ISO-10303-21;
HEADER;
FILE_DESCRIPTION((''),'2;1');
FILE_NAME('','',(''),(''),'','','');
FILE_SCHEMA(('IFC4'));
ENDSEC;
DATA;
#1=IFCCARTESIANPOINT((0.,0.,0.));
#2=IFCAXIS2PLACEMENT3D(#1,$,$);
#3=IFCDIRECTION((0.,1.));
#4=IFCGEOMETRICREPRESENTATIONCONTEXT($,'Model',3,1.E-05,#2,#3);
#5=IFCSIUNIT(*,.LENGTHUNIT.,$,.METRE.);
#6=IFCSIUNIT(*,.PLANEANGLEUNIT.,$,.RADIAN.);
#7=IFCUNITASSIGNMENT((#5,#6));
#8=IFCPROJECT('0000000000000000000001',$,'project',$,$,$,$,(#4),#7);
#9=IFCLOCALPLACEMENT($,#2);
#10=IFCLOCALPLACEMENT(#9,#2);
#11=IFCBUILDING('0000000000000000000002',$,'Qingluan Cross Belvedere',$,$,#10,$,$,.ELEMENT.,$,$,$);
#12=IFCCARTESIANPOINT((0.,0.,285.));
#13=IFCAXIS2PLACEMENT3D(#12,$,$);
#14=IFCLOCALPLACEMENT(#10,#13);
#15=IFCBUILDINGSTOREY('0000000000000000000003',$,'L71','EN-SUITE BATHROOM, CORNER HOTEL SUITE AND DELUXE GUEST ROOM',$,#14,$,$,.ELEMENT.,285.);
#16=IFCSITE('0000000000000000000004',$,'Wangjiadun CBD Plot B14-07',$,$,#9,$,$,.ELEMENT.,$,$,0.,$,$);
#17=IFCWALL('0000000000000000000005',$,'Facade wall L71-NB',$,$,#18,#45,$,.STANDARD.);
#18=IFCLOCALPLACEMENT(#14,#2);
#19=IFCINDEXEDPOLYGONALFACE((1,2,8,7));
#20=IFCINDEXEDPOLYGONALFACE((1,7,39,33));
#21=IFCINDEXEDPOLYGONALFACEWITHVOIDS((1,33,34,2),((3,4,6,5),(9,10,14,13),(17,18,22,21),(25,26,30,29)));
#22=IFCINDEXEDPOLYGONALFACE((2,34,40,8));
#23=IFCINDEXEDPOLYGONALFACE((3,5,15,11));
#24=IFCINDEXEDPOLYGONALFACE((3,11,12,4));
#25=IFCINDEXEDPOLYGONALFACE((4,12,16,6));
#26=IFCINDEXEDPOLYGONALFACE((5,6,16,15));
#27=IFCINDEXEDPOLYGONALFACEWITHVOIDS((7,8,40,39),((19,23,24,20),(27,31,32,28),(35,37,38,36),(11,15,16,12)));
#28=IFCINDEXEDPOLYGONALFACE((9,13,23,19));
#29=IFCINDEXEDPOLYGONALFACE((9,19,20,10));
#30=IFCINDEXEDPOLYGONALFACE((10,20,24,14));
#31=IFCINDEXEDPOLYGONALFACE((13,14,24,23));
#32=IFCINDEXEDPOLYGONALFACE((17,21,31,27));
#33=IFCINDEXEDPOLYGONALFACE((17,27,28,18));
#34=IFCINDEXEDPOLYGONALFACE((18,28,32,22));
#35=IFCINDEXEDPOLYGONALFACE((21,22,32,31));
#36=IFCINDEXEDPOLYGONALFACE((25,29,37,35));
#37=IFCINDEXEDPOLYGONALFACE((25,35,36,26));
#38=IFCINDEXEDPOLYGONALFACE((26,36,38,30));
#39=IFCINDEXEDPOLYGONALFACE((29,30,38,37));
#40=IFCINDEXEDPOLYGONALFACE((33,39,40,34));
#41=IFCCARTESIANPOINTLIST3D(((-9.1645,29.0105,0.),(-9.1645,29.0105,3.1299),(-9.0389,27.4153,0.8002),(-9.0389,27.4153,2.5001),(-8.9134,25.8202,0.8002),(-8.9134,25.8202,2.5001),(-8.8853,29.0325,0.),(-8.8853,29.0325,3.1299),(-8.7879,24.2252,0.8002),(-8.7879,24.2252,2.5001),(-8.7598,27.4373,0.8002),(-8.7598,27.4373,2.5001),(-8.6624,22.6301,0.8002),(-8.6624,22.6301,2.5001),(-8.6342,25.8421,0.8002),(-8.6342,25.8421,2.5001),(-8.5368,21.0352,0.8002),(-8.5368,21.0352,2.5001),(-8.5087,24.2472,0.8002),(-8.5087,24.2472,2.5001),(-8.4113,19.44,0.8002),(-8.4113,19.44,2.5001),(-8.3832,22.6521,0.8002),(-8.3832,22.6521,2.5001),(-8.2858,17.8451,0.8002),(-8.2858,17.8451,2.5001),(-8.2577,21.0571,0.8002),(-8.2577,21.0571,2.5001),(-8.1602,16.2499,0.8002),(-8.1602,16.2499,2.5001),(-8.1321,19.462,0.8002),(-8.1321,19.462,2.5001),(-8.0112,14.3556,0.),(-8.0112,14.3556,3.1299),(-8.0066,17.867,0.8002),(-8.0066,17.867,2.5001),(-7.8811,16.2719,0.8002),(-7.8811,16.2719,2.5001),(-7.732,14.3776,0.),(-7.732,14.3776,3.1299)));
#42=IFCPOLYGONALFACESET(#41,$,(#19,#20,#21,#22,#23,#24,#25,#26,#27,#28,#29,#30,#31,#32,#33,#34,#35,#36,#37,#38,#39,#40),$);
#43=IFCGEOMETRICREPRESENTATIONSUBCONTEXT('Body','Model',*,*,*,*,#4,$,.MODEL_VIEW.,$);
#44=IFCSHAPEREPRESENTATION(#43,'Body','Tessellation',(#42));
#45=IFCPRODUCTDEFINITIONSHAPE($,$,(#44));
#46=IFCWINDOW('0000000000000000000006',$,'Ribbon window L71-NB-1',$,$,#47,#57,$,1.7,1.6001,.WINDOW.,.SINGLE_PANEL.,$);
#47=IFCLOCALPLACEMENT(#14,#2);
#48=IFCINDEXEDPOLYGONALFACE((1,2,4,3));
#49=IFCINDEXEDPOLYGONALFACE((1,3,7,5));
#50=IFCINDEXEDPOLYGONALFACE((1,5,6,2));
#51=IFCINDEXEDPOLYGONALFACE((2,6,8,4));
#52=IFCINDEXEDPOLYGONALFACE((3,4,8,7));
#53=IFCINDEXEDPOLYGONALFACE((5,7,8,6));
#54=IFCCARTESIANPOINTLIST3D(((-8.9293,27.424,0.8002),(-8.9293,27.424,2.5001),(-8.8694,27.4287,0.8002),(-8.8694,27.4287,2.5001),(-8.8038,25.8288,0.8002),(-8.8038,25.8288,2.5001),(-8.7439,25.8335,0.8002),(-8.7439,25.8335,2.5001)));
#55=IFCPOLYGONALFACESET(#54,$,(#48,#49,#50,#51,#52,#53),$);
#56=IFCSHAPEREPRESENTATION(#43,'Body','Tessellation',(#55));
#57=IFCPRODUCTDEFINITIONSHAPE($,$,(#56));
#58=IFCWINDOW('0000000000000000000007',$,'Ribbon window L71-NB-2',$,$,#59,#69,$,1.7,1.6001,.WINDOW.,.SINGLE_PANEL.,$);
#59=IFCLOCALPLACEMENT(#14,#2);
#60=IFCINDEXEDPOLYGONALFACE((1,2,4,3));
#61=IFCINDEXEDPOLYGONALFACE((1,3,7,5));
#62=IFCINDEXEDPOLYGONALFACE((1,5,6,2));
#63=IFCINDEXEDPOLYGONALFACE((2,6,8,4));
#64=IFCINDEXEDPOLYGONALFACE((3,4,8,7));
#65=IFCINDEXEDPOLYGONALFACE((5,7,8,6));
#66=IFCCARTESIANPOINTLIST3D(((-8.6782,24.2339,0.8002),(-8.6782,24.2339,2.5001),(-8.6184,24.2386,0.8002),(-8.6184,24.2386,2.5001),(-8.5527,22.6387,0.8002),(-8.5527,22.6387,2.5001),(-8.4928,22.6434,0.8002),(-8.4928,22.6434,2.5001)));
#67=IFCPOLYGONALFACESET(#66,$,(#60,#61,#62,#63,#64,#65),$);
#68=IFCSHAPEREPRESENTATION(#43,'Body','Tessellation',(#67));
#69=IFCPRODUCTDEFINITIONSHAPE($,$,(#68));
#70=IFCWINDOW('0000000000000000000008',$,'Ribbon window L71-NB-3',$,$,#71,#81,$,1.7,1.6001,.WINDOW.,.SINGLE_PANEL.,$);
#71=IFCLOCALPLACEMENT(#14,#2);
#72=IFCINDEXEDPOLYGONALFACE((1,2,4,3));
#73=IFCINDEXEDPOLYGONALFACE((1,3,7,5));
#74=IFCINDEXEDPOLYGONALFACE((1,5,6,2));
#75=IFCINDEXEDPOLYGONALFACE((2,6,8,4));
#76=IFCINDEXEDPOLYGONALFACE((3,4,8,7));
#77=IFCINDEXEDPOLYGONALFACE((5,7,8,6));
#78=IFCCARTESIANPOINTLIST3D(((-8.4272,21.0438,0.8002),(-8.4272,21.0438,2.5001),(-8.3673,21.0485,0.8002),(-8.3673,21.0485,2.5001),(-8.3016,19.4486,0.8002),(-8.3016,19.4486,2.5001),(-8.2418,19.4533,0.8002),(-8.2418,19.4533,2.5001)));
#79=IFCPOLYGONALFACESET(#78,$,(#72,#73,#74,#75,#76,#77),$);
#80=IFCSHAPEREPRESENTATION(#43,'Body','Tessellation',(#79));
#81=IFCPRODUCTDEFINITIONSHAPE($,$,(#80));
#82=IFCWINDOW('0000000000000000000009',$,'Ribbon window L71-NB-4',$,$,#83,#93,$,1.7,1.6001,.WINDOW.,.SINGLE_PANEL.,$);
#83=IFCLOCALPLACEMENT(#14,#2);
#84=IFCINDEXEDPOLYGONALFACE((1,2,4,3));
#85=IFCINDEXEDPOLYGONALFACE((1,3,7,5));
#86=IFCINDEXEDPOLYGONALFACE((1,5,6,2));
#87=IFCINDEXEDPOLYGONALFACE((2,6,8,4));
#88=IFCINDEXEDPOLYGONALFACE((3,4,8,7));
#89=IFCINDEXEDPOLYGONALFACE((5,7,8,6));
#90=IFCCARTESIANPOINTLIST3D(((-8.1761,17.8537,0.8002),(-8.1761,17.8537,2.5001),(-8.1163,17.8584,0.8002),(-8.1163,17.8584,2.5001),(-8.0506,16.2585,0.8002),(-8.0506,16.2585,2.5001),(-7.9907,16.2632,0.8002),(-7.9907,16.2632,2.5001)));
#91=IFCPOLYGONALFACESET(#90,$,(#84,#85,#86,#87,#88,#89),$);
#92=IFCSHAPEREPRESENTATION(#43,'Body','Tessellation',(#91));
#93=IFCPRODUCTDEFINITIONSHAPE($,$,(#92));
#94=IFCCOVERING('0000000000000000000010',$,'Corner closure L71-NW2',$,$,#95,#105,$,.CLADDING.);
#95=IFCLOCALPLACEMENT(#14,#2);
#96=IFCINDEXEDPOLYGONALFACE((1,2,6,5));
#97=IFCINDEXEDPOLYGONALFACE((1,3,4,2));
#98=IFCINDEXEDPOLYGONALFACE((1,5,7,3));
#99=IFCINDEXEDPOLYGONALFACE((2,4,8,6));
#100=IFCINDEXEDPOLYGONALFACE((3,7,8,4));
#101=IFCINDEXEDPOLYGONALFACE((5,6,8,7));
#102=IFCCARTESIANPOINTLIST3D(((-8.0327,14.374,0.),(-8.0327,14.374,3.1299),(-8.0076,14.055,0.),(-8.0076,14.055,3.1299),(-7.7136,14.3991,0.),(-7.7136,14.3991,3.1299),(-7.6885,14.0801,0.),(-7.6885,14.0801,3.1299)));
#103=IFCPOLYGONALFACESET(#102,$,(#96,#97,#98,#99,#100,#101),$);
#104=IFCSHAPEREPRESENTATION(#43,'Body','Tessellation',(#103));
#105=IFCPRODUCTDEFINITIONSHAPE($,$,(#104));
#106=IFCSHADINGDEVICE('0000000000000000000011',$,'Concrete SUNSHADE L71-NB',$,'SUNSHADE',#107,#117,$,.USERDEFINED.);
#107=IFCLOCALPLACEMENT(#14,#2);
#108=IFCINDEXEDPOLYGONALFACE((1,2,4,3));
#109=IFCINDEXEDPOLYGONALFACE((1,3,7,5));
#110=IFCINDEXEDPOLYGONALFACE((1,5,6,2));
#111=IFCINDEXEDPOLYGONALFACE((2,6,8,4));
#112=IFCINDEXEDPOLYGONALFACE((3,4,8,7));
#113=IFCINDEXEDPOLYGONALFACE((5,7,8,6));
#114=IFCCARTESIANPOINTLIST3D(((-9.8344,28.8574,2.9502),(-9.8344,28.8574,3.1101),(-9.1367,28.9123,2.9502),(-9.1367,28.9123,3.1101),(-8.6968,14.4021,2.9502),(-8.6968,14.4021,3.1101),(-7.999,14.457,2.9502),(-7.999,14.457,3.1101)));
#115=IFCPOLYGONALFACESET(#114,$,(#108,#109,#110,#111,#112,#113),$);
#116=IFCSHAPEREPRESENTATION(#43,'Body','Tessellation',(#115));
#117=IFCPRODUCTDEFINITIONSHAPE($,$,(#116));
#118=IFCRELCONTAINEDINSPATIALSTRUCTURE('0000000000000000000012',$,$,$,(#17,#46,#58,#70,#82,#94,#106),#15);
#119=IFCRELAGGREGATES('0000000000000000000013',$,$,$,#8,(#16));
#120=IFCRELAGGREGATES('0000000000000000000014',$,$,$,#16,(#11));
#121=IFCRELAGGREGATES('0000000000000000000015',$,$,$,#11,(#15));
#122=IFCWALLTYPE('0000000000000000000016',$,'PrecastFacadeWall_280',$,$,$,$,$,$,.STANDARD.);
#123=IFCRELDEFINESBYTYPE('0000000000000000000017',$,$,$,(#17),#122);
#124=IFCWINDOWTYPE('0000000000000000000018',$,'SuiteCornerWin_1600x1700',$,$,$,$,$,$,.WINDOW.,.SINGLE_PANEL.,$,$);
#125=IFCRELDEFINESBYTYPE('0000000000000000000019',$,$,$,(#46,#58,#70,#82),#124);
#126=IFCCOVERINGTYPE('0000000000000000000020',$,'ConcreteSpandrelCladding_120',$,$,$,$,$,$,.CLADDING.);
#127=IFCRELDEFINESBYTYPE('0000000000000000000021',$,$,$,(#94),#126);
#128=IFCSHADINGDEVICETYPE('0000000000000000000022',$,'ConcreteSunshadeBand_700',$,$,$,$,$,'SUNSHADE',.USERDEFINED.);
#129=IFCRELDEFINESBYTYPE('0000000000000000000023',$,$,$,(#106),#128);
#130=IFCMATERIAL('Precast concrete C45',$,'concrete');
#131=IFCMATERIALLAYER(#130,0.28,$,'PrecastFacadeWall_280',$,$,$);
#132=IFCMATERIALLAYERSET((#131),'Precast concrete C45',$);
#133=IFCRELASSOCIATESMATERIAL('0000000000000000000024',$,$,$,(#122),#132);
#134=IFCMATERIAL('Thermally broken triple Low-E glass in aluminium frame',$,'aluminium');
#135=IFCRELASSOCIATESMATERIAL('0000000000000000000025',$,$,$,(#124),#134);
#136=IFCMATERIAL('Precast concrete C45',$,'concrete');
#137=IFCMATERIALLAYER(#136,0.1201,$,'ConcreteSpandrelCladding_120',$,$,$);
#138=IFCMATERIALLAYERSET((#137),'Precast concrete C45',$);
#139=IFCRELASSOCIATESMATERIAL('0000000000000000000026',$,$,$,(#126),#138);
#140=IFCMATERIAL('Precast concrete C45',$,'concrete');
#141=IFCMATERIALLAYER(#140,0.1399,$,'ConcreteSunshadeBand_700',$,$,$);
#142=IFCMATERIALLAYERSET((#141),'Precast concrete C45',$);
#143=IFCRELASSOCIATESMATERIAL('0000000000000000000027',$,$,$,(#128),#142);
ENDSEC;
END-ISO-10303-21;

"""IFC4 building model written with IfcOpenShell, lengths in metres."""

from ifc_helpers import new_model, si_unit, direction, frame, frame_2d, origin, origin_2d, place, context, subcontext, project, spatial, rectangle, extrude, material, layer, layer_set, type_object, element, fill, save


model = new_model("IFC4")

# Units and contexts
model_context = context("Model", 3, precision=1e-05, world=origin(), true_north=direction((0.0, 1.0)))
body_context = subcontext(model_context, "Body", "Model", "MODEL_VIEW")
ifc_project = project(units=[si_unit("LENGTHUNIT", "METRE"), si_unit("PLANEANGLEUNIT", "RADIAN")], contexts=[model_context])

# Site, building, storey
site_placement = place(None, origin())
site = spatial("IfcSite", under=ifc_project, at=site_placement, Name="Wangjiadun CBD Plot B14-07", CompositionType="ELEMENT", RefElevation=0.0)
building_placement = place(site_placement, origin())
building = spatial("IfcBuilding", under=site, at=building_placement, Name="Qingluan Cross Belvedere", CompositionType="ELEMENT")
storey_placement = place(building_placement, frame((0.0, 0.0, 285.0)))
storey = spatial("IfcBuildingStorey", under=building, at=storey_placement, Name="L71", Description="EN-SUITE BATHROOM, CORNER HOTEL SUITE AND DELUXE GUEST ROOM", CompositionType="ELEMENT", Elevation=285.0)

# Wall, openings, windows
ifc_material_1 = material(Name="Precast concrete C45", Category="concrete")
ifc_layer_1 = layer(ifc_material_1, 0.28, Name="PrecastFacadeWall_280")
ifc_layer_set_1 = layer_set([ifc_layer_1], Name="Precast concrete C45")
wall_type_1 = type_object("IfcWallType", Name="PrecastFacadeWall_280", PredefinedType="STANDARD", material=ifc_layer_set_1)
wall_1_placement = place(storey_placement, frame((-9.0249, 29.0215, 0.0), z_axis=(0.0, 0.0, 1.0), x_axis=(0.078457, -0.996918, 0.0)))
wall_1 = element("IfcWall", 1, at=wall_1_placement, inside=storey, type_object=wall_type_1, Name="Facade wall L71-NB", PredefinedType="STANDARD", context=body_context, shape_type="SweptSolid", body=[
    extrude(rectangle(XDim=14.7002, YDim=0.28, at=frame_2d((7.3501, 0.0))), origin(), (0.0, 0.0, 1.0), 3.1299),
])
opening_1_placement = place(wall_1_placement, frame((1.6001, 0.0, 0.8)))
opening_1 = element("IfcOpeningElement", 2, at=opening_1_placement, cuts=wall_1, PredefinedType="OPENING", context=body_context, shape_type="SweptSolid", body=[
    extrude(rectangle(XDim=1.6001, YDim=1.7, at=frame_2d((0.8, 0.8501))), frame((0.0, 0.1499, 0.0), z_axis=(0.0, -1.0, 0.0), x_axis=(1.0, 0.0, 0.0)), (0.0, 0.0, 1.0), 0.3),
])
opening_2_placement = place(wall_1_placement, frame((4.8, 0.0, 0.8)))
opening_2 = element("IfcOpeningElement", 3, at=opening_2_placement, cuts=wall_1, PredefinedType="OPENING", context=body_context, shape_type="SweptSolid", body=[
    extrude(rectangle(XDim=1.6001, YDim=1.7, at=frame_2d((0.8, 0.8501))), frame((0.0, 0.1499, 0.0), z_axis=(0.0, -1.0, 0.0), x_axis=(1.0, 0.0, 0.0)), (0.0, 0.0, 1.0), 0.3),
])
opening_3_placement = place(wall_1_placement, frame((8.0, 0.0, 0.8)))
opening_3 = element("IfcOpeningElement", 4, at=opening_3_placement, cuts=wall_1, PredefinedType="OPENING", context=body_context, shape_type="SweptSolid", body=[
    extrude(rectangle(XDim=1.6001, YDim=1.7, at=frame_2d((0.8, 0.8501))), frame((0.0, 0.1499, 0.0), z_axis=(0.0, -1.0, 0.0), x_axis=(1.0, 0.0, 0.0)), (0.0, 0.0, 1.0), 0.3),
])
opening_4_placement = place(wall_1_placement, frame((11.2, 0.0, 0.8)))
opening_4 = element("IfcOpeningElement", 5, at=opening_4_placement, cuts=wall_1, PredefinedType="OPENING", context=body_context, shape_type="SweptSolid", body=[
    extrude(rectangle(XDim=1.6001, YDim=1.7, at=frame_2d((0.8, 0.8501))), frame((0.0, 0.1499, 0.0), z_axis=(0.0, -1.0, 0.0), x_axis=(1.0, 0.0, 0.0)), (0.0, 0.0, 1.0), 0.3),
])
ifc_material_2 = material(Name="Thermally broken triple Low-E glass in aluminium frame", Category="aluminium")
window_type = type_object("IfcWindowType", Name="SuiteCornerWin_1600x1700", PartitioningType="SINGLE_PANEL", PredefinedType="WINDOW", material=ifc_material_2)
window_1_placement = place(opening_1_placement, origin())
window_1 = element("IfcWindow", 6, at=window_1_placement, inside=storey, type_object=window_type, Name="Ribbon window L71-NB-1", OverallHeight=1.7, OverallWidth=1.6001, PartitioningType="SINGLE_PANEL", PredefinedType="WINDOW", context=body_context, shape_type="SweptSolid", body=[
    extrude(rectangle(XDim=1.6001, YDim=1.7, at=frame_2d((0.8, 0.8501))), frame((0.0, 0.03, 0.0), z_axis=(0.0, -1.0, 0.0), x_axis=(1.0, 0.0, 0.0)), (0.0, 0.0, 1.0), 0.0601),
])
fill(opening_1, window_1)
window_2_placement = place(opening_2_placement, origin())
window_2 = element("IfcWindow", 7, at=window_2_placement, inside=storey, type_object=window_type, Name="Ribbon window L71-NB-2", OverallHeight=1.7, OverallWidth=1.6001, PartitioningType="SINGLE_PANEL", PredefinedType="WINDOW", context=body_context, shape_type="SweptSolid", body=[
    extrude(rectangle(XDim=1.6001, YDim=1.7, at=frame_2d((0.8, 0.8501))), frame((0.0, 0.03, 0.0), z_axis=(0.0, -1.0, 0.0), x_axis=(1.0, 0.0, 0.0)), (0.0, 0.0, 1.0), 0.0601),
])
fill(opening_2, window_2)
window_3_placement = place(opening_3_placement, origin())
window_3 = element("IfcWindow", 8, at=window_3_placement, inside=storey, type_object=window_type, Name="Ribbon window L71-NB-3", OverallHeight=1.7, OverallWidth=1.6001, PartitioningType="SINGLE_PANEL", PredefinedType="WINDOW", context=body_context, shape_type="SweptSolid", body=[
    extrude(rectangle(XDim=1.6001, YDim=1.7, at=frame_2d((0.8, 0.8501))), frame((0.0, 0.03, 0.0), z_axis=(0.0, -1.0, 0.0), x_axis=(1.0, 0.0, 0.0)), (0.0, 0.0, 1.0), 0.0601),
])
fill(opening_3, window_3)
window_4_placement = place(opening_4_placement, origin())
window_4 = element("IfcWindow", 9, at=window_4_placement, inside=storey, type_object=window_type, Name="Ribbon window L71-NB-4", OverallHeight=1.7, OverallWidth=1.6001, PartitioningType="SINGLE_PANEL", PredefinedType="WINDOW", context=body_context, shape_type="SweptSolid", body=[
    extrude(rectangle(XDim=1.6001, YDim=1.7, at=frame_2d((0.8, 0.8501))), frame((0.0, 0.03, 0.0), z_axis=(0.0, -1.0, 0.0), x_axis=(1.0, 0.0, 0.0)), (0.0, 0.0, 1.0), 0.0601),
])
fill(opening_4, window_4)

# Covering
ifc_material_3 = material(Name="Precast concrete C45", Category="concrete")
ifc_layer_2 = layer(ifc_material_3, 0.1201, Name="ConcreteSpandrelCladding_120")
ifc_layer_set_2 = layer_set([ifc_layer_2], Name="Precast concrete C45")
covering_type = type_object("IfcCoveringType", Name="ConcreteSpandrelCladding_120", PredefinedType="CLADDING", material=ifc_layer_set_2)
covering_placement = place(storey_placement, frame((-7.8606, 14.2271, 0.0), z_axis=(0.0, 0.0, 1.0), x_axis=(0.996917, 0.078459, 0.0)))
element("IfcCovering", 10, at=covering_placement, inside=storey, type_object=covering_type, Name="Corner closure L71-NW2", PredefinedType="CLADDING", context=body_context, shape_type="SweptSolid", body=[
    extrude(rectangle(XDim=0.3201, YDim=0.3201, at=origin_2d()), origin(), (0.0, 0.0, 1.0), 3.1299),
])

# Shading device
ifc_material_4 = material(Name="Precast concrete C45", Category="concrete")
ifc_layer_3 = layer(ifc_material_4, 0.1399, Name="ConcreteSunshadeBand_700")
ifc_layer_set_3 = layer_set([ifc_layer_3], Name="Precast concrete C45")
shading_device_type = type_object("IfcShadingDeviceType", Name="ConcreteSunshadeBand_700", ElementType="SUNSHADE", PredefinedType="USERDEFINED", material=ifc_layer_set_3)
shading_device_placement = place(storey_placement, frame((-8.9167, 21.6572, 2.9502), z_axis=(0.0, 0.0, 1.0), x_axis=(0.078456, -0.996918, 0.0)))
element("IfcShadingDevice", 11, at=shading_device_placement, inside=storey, type_object=shading_device_type, Name="Concrete SUNSHADE L71-NB", ObjectType="SUNSHADE", PredefinedType="USERDEFINED", context=body_context, shape_type="SweptSolid", body=[
    extrude(rectangle(XDim=14.5, YDim=0.7, at=origin_2d()), origin(), (0.0, 0.0, 1.0), 0.1599),
])

save(model, "model.ifc")
